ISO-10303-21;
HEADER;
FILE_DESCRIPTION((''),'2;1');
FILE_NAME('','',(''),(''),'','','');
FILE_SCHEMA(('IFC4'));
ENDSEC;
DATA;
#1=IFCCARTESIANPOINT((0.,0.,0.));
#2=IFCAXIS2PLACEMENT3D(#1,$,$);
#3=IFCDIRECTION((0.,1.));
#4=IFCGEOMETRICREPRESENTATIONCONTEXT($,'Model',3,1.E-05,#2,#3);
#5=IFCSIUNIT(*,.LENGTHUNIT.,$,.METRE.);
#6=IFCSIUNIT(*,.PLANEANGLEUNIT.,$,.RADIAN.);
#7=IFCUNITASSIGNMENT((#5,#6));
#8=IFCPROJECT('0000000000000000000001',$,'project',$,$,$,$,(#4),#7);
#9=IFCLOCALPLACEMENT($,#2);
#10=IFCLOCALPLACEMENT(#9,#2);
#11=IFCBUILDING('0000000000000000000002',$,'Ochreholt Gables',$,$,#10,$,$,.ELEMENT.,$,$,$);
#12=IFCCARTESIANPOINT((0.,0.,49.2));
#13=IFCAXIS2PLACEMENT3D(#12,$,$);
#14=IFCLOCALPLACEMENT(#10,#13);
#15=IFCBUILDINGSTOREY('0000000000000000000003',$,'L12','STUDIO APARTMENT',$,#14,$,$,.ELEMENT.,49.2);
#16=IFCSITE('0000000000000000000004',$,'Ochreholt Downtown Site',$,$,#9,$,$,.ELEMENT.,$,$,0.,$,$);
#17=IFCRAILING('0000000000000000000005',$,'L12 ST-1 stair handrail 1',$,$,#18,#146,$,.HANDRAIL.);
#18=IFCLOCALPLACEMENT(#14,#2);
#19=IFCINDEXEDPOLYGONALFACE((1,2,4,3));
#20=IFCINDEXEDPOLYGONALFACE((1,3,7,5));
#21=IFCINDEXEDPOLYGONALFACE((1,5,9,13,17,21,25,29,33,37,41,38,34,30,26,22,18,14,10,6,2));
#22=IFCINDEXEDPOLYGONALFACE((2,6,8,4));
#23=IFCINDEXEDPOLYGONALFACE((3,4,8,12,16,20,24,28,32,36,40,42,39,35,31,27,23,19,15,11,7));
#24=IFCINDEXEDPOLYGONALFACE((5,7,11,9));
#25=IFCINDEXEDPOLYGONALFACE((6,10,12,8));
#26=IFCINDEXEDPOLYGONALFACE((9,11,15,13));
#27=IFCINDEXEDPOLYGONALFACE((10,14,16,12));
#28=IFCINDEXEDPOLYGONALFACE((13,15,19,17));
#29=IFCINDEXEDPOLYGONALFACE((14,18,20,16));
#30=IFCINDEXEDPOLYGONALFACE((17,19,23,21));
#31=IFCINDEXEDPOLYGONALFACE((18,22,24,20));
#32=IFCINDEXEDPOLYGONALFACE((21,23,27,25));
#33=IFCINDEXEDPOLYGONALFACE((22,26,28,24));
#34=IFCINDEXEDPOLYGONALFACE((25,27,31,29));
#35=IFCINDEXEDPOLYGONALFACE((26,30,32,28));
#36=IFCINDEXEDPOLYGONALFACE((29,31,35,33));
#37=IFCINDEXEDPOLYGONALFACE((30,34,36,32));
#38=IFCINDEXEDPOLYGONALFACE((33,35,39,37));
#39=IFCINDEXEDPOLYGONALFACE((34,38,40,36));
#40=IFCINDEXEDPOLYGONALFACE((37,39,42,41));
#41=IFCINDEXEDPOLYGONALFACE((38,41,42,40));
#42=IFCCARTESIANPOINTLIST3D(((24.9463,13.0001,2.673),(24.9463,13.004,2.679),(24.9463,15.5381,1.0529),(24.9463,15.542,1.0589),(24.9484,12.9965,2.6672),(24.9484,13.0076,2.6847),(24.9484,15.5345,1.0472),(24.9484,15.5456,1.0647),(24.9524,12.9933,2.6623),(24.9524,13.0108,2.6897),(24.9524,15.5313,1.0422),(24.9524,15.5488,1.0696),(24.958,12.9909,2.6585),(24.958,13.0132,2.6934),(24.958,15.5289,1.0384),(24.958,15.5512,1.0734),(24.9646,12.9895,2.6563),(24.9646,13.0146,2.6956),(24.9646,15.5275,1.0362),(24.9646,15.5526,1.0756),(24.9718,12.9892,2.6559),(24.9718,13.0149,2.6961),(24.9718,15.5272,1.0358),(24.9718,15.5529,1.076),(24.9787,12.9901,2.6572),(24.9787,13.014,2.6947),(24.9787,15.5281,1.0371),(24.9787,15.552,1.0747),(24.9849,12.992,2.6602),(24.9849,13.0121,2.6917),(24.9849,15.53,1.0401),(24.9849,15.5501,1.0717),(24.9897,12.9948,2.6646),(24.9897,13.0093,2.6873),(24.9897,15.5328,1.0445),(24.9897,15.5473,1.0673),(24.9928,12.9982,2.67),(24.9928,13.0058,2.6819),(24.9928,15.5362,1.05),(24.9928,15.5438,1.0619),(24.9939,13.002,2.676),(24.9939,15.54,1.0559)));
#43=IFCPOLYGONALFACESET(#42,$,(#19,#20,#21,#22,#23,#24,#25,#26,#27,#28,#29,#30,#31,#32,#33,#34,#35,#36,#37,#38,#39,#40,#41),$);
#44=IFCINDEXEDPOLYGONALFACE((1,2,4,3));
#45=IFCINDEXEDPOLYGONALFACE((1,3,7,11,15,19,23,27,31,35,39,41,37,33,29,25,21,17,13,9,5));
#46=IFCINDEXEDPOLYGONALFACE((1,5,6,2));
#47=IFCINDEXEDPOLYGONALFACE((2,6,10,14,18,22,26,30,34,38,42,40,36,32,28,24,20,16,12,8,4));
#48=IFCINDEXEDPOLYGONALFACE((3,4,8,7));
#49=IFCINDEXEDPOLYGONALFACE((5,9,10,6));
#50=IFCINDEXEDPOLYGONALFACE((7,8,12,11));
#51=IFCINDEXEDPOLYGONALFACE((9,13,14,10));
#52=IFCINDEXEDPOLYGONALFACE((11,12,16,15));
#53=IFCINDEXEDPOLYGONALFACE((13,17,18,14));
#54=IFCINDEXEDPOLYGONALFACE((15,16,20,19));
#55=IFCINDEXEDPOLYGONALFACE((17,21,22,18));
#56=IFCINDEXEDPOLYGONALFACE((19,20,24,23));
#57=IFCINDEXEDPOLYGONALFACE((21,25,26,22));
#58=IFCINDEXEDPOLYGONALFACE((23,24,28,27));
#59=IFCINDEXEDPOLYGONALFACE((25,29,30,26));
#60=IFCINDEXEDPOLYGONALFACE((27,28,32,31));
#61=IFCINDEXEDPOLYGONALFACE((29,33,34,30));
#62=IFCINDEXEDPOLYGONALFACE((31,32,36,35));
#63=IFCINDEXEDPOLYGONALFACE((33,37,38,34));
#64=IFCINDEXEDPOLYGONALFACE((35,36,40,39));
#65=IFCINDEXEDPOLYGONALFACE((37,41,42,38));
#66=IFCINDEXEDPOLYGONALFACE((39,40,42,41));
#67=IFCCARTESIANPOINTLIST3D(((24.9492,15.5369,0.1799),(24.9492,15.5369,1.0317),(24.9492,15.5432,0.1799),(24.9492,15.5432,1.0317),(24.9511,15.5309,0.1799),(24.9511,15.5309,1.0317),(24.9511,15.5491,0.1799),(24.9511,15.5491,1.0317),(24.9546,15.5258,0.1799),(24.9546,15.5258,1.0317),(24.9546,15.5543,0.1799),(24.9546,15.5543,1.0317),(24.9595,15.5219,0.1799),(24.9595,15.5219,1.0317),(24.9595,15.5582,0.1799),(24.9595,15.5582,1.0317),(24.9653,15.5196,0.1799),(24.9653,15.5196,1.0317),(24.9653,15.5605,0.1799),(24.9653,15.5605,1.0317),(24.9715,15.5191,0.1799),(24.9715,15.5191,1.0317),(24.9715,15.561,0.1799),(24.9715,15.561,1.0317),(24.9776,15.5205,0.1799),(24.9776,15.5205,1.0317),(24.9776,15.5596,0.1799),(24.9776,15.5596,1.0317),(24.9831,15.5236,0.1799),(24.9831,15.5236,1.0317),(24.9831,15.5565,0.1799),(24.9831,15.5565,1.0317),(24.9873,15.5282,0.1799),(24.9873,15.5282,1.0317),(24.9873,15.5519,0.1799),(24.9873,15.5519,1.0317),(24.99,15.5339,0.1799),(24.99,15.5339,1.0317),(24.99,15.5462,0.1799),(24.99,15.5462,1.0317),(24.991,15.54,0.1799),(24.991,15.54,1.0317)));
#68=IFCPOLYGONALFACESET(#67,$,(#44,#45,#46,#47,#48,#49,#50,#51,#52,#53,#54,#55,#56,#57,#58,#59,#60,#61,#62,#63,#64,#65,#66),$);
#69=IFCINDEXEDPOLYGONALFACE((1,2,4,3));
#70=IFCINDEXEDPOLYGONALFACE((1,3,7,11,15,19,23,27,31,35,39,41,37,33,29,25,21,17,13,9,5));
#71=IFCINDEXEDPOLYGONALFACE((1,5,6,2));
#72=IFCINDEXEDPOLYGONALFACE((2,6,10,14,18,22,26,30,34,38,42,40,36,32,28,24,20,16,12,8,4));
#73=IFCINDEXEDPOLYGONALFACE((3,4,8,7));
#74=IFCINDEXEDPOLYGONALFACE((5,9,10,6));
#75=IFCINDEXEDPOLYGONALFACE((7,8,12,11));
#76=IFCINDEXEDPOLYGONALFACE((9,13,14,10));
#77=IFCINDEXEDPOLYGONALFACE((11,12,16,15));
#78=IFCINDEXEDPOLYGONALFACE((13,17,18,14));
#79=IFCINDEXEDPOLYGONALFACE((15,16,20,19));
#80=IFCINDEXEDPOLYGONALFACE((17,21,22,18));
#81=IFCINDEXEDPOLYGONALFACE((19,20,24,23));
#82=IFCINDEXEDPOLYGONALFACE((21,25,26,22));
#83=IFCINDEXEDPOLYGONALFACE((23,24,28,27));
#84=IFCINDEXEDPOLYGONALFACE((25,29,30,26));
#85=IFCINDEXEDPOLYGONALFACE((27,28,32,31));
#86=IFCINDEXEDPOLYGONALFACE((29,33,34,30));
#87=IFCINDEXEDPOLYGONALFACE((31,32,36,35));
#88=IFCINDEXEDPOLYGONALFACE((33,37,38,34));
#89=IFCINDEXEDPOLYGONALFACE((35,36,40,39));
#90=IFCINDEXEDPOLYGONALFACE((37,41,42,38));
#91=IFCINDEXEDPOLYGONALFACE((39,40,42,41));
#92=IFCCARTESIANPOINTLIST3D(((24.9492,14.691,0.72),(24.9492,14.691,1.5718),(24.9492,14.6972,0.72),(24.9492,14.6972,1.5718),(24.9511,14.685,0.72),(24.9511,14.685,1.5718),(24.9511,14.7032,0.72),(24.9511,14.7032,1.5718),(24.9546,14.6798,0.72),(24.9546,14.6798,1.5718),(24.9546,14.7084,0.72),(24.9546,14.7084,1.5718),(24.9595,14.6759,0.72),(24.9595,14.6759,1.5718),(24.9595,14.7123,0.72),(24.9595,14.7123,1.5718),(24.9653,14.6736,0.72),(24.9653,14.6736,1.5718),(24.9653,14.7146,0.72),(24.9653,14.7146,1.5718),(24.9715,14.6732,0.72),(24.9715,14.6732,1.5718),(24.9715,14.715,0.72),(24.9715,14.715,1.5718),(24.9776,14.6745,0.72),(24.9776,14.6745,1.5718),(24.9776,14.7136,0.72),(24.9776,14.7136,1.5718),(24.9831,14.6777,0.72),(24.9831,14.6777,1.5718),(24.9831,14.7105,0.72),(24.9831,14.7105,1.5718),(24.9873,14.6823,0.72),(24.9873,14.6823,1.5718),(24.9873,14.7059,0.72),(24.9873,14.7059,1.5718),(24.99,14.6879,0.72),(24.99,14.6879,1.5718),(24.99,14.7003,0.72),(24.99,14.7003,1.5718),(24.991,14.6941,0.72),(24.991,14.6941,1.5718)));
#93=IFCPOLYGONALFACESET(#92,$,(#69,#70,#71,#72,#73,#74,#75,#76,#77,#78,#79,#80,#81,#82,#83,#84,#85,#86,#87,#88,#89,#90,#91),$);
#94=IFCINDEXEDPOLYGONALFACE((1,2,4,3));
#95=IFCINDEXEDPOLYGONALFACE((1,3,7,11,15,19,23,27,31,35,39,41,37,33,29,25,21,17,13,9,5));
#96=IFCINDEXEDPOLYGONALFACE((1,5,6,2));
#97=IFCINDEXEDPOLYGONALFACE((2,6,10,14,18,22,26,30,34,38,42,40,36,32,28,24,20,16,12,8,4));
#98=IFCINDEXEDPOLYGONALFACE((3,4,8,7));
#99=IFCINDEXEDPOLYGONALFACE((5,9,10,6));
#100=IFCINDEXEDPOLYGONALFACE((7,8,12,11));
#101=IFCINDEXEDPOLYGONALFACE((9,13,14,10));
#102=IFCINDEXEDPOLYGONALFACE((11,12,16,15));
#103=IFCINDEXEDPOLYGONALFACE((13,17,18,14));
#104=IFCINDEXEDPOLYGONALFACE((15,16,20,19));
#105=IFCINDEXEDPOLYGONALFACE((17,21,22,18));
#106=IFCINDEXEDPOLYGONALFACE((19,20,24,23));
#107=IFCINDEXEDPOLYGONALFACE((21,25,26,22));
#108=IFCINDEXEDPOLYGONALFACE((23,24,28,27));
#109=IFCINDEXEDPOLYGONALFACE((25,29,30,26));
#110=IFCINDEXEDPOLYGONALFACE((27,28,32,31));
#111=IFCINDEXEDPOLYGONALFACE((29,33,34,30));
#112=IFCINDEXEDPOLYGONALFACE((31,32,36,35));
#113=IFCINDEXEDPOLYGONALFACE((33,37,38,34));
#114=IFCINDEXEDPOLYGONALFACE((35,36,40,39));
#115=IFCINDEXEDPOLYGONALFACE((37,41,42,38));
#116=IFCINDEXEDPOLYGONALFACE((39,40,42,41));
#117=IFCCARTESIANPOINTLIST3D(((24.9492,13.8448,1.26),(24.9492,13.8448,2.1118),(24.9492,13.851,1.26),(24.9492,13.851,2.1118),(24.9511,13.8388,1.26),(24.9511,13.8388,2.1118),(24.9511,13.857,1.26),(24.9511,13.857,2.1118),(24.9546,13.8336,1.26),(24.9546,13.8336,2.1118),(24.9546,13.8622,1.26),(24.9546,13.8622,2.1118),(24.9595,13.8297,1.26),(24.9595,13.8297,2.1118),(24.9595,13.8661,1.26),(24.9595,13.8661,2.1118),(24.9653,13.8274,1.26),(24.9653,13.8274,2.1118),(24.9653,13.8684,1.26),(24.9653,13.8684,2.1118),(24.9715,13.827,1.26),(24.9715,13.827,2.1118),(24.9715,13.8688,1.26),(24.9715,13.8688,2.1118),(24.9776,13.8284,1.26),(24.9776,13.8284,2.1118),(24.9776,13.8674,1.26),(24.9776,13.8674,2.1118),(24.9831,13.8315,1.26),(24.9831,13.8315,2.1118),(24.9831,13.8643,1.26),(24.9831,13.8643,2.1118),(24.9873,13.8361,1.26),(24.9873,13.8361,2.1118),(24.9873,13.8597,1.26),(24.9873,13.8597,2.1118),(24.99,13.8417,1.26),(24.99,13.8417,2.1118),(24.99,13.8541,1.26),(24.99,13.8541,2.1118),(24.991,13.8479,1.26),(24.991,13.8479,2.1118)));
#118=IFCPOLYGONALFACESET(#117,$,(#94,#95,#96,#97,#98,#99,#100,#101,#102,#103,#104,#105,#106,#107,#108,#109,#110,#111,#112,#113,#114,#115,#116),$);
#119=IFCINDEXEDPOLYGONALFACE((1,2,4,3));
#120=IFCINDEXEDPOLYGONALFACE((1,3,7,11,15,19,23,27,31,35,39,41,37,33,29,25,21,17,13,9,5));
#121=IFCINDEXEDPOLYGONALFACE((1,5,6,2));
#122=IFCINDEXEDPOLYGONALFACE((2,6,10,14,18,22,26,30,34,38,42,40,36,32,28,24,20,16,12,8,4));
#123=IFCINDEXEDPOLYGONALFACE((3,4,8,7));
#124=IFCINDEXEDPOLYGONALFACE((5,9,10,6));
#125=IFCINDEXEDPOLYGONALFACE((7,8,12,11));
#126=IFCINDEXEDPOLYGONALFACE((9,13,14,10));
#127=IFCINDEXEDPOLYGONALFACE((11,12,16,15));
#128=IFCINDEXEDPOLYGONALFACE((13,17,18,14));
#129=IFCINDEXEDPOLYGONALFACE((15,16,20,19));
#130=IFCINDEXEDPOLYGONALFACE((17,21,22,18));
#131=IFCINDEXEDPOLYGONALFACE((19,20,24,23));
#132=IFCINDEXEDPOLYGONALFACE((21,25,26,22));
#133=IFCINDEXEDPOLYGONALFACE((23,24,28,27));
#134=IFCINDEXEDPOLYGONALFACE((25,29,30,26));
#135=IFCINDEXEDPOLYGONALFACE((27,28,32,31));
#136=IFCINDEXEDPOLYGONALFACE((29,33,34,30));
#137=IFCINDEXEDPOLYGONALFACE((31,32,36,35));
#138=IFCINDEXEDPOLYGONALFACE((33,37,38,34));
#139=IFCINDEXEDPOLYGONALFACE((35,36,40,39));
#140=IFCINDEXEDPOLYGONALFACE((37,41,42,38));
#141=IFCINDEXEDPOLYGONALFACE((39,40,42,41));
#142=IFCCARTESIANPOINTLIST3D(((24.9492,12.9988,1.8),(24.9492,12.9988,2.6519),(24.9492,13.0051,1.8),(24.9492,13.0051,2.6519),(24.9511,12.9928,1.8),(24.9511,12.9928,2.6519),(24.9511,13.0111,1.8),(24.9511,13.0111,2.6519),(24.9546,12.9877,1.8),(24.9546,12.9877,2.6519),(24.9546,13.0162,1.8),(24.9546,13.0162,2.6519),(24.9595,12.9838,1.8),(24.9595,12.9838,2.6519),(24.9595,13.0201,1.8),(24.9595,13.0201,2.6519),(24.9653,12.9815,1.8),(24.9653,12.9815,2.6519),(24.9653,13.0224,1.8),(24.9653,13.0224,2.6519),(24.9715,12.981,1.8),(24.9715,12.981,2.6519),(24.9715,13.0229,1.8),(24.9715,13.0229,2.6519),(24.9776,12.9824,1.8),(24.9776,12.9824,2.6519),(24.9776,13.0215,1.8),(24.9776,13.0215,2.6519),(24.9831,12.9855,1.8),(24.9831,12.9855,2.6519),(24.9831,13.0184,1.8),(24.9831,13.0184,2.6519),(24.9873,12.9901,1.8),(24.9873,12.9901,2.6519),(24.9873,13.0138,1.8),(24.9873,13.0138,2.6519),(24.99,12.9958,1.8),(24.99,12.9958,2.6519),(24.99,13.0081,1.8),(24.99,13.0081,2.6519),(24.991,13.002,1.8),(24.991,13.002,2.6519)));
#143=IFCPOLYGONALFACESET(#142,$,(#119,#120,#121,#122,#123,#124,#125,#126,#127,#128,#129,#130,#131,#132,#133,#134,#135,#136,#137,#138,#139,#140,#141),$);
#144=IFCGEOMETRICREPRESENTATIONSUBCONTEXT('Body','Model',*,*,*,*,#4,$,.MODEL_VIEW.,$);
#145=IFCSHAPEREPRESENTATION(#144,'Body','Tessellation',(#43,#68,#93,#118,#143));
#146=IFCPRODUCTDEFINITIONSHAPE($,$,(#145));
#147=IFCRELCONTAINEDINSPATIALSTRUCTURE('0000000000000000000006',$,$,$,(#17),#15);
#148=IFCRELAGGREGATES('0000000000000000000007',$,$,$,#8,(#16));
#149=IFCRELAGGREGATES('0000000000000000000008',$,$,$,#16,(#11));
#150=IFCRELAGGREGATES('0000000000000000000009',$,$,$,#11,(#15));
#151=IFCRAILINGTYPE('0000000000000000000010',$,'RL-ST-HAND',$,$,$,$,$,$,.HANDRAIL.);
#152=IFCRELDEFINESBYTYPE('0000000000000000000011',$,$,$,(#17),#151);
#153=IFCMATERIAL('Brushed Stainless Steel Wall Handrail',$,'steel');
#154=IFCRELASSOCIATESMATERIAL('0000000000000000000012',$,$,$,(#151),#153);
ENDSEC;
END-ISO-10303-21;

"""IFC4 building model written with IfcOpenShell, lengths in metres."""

from ifc_helpers import new_model, si_unit, direction, frame, origin, origin_2d, place, context, subcontext, project, spatial, circle, extrude, material, type_object, element, save


model = new_model("IFC4")

# Units and contexts
model_context = context("Model", 3, precision=1e-05, world=origin(), true_north=direction((0.0, 1.0)))
body_context = subcontext(model_context, "Body", "Model", "MODEL_VIEW")
ifc_project = project(units=[si_unit("LENGTHUNIT", "METRE"), si_unit("PLANEANGLEUNIT", "RADIAN")], contexts=[model_context])

# Site, building, storey
site_placement = place(None, origin())
site = spatial("IfcSite", under=ifc_project, at=site_placement, Name="Ochreholt Downtown Site", CompositionType="ELEMENT", RefElevation=0.0)
building_placement = place(site_placement, origin())
building = spatial("IfcBuilding", under=site, at=building_placement, Name="Ochreholt Gables", CompositionType="ELEMENT")
storey_placement = place(building_placement, frame((0.0, 0.0, 49.2)))
storey = spatial("IfcBuildingStorey", under=building, at=storey_placement, Name="L12", Description="STUDIO APARTMENT", CompositionType="ELEMENT", Elevation=49.2)

# Railing
ifc_material_1 = material(Name="Brushed Stainless Steel Wall Handrail", Category="steel")
railing_type_1 = type_object("IfcRailingType", Name="RL-ST-HAND", PredefinedType="HANDRAIL", material=ifc_material_1)
railing_1_placement = place(storey_placement, frame((24.97, 15.54, 0.1799)))
element("IfcRailing", 1, at=railing_1_placement, inside=storey, type_object=railing_type_1, Name="L12 ST-1 stair handrail 1", PredefinedType="HANDRAIL", context=body_context, shape_type="SweptSolid", body=[
    extrude(circle(Radius=0.0239, at=origin_2d()), frame((0.0, 0.0, 0.876), z_axis=(0.0, -0.842913, 0.53805), x_axis=(1.0, 0.0, 0.0)), (0.0, 0.0, 1.0), 3.011),
    extrude(circle(Radius=0.021, at=origin_2d()), origin(), (0.0, 0.0, 1.0), 0.8518),
    extrude(circle(Radius=0.021, at=origin_2d()), frame((0.0, -0.8459, 0.54)), (0.0, 0.0, 1.0), 0.8518),
    extrude(circle(Radius=0.021, at=origin_2d()), frame((0.0, -1.6921, 1.0801)), (0.0, 0.0, 1.0), 0.8518),
    extrude(circle(Radius=0.021, at=origin_2d()), frame((0.0, -2.5381, 1.6201)), (0.0, 0.0, 1.0), 0.8518),
])

save(model, "model.ifc")
